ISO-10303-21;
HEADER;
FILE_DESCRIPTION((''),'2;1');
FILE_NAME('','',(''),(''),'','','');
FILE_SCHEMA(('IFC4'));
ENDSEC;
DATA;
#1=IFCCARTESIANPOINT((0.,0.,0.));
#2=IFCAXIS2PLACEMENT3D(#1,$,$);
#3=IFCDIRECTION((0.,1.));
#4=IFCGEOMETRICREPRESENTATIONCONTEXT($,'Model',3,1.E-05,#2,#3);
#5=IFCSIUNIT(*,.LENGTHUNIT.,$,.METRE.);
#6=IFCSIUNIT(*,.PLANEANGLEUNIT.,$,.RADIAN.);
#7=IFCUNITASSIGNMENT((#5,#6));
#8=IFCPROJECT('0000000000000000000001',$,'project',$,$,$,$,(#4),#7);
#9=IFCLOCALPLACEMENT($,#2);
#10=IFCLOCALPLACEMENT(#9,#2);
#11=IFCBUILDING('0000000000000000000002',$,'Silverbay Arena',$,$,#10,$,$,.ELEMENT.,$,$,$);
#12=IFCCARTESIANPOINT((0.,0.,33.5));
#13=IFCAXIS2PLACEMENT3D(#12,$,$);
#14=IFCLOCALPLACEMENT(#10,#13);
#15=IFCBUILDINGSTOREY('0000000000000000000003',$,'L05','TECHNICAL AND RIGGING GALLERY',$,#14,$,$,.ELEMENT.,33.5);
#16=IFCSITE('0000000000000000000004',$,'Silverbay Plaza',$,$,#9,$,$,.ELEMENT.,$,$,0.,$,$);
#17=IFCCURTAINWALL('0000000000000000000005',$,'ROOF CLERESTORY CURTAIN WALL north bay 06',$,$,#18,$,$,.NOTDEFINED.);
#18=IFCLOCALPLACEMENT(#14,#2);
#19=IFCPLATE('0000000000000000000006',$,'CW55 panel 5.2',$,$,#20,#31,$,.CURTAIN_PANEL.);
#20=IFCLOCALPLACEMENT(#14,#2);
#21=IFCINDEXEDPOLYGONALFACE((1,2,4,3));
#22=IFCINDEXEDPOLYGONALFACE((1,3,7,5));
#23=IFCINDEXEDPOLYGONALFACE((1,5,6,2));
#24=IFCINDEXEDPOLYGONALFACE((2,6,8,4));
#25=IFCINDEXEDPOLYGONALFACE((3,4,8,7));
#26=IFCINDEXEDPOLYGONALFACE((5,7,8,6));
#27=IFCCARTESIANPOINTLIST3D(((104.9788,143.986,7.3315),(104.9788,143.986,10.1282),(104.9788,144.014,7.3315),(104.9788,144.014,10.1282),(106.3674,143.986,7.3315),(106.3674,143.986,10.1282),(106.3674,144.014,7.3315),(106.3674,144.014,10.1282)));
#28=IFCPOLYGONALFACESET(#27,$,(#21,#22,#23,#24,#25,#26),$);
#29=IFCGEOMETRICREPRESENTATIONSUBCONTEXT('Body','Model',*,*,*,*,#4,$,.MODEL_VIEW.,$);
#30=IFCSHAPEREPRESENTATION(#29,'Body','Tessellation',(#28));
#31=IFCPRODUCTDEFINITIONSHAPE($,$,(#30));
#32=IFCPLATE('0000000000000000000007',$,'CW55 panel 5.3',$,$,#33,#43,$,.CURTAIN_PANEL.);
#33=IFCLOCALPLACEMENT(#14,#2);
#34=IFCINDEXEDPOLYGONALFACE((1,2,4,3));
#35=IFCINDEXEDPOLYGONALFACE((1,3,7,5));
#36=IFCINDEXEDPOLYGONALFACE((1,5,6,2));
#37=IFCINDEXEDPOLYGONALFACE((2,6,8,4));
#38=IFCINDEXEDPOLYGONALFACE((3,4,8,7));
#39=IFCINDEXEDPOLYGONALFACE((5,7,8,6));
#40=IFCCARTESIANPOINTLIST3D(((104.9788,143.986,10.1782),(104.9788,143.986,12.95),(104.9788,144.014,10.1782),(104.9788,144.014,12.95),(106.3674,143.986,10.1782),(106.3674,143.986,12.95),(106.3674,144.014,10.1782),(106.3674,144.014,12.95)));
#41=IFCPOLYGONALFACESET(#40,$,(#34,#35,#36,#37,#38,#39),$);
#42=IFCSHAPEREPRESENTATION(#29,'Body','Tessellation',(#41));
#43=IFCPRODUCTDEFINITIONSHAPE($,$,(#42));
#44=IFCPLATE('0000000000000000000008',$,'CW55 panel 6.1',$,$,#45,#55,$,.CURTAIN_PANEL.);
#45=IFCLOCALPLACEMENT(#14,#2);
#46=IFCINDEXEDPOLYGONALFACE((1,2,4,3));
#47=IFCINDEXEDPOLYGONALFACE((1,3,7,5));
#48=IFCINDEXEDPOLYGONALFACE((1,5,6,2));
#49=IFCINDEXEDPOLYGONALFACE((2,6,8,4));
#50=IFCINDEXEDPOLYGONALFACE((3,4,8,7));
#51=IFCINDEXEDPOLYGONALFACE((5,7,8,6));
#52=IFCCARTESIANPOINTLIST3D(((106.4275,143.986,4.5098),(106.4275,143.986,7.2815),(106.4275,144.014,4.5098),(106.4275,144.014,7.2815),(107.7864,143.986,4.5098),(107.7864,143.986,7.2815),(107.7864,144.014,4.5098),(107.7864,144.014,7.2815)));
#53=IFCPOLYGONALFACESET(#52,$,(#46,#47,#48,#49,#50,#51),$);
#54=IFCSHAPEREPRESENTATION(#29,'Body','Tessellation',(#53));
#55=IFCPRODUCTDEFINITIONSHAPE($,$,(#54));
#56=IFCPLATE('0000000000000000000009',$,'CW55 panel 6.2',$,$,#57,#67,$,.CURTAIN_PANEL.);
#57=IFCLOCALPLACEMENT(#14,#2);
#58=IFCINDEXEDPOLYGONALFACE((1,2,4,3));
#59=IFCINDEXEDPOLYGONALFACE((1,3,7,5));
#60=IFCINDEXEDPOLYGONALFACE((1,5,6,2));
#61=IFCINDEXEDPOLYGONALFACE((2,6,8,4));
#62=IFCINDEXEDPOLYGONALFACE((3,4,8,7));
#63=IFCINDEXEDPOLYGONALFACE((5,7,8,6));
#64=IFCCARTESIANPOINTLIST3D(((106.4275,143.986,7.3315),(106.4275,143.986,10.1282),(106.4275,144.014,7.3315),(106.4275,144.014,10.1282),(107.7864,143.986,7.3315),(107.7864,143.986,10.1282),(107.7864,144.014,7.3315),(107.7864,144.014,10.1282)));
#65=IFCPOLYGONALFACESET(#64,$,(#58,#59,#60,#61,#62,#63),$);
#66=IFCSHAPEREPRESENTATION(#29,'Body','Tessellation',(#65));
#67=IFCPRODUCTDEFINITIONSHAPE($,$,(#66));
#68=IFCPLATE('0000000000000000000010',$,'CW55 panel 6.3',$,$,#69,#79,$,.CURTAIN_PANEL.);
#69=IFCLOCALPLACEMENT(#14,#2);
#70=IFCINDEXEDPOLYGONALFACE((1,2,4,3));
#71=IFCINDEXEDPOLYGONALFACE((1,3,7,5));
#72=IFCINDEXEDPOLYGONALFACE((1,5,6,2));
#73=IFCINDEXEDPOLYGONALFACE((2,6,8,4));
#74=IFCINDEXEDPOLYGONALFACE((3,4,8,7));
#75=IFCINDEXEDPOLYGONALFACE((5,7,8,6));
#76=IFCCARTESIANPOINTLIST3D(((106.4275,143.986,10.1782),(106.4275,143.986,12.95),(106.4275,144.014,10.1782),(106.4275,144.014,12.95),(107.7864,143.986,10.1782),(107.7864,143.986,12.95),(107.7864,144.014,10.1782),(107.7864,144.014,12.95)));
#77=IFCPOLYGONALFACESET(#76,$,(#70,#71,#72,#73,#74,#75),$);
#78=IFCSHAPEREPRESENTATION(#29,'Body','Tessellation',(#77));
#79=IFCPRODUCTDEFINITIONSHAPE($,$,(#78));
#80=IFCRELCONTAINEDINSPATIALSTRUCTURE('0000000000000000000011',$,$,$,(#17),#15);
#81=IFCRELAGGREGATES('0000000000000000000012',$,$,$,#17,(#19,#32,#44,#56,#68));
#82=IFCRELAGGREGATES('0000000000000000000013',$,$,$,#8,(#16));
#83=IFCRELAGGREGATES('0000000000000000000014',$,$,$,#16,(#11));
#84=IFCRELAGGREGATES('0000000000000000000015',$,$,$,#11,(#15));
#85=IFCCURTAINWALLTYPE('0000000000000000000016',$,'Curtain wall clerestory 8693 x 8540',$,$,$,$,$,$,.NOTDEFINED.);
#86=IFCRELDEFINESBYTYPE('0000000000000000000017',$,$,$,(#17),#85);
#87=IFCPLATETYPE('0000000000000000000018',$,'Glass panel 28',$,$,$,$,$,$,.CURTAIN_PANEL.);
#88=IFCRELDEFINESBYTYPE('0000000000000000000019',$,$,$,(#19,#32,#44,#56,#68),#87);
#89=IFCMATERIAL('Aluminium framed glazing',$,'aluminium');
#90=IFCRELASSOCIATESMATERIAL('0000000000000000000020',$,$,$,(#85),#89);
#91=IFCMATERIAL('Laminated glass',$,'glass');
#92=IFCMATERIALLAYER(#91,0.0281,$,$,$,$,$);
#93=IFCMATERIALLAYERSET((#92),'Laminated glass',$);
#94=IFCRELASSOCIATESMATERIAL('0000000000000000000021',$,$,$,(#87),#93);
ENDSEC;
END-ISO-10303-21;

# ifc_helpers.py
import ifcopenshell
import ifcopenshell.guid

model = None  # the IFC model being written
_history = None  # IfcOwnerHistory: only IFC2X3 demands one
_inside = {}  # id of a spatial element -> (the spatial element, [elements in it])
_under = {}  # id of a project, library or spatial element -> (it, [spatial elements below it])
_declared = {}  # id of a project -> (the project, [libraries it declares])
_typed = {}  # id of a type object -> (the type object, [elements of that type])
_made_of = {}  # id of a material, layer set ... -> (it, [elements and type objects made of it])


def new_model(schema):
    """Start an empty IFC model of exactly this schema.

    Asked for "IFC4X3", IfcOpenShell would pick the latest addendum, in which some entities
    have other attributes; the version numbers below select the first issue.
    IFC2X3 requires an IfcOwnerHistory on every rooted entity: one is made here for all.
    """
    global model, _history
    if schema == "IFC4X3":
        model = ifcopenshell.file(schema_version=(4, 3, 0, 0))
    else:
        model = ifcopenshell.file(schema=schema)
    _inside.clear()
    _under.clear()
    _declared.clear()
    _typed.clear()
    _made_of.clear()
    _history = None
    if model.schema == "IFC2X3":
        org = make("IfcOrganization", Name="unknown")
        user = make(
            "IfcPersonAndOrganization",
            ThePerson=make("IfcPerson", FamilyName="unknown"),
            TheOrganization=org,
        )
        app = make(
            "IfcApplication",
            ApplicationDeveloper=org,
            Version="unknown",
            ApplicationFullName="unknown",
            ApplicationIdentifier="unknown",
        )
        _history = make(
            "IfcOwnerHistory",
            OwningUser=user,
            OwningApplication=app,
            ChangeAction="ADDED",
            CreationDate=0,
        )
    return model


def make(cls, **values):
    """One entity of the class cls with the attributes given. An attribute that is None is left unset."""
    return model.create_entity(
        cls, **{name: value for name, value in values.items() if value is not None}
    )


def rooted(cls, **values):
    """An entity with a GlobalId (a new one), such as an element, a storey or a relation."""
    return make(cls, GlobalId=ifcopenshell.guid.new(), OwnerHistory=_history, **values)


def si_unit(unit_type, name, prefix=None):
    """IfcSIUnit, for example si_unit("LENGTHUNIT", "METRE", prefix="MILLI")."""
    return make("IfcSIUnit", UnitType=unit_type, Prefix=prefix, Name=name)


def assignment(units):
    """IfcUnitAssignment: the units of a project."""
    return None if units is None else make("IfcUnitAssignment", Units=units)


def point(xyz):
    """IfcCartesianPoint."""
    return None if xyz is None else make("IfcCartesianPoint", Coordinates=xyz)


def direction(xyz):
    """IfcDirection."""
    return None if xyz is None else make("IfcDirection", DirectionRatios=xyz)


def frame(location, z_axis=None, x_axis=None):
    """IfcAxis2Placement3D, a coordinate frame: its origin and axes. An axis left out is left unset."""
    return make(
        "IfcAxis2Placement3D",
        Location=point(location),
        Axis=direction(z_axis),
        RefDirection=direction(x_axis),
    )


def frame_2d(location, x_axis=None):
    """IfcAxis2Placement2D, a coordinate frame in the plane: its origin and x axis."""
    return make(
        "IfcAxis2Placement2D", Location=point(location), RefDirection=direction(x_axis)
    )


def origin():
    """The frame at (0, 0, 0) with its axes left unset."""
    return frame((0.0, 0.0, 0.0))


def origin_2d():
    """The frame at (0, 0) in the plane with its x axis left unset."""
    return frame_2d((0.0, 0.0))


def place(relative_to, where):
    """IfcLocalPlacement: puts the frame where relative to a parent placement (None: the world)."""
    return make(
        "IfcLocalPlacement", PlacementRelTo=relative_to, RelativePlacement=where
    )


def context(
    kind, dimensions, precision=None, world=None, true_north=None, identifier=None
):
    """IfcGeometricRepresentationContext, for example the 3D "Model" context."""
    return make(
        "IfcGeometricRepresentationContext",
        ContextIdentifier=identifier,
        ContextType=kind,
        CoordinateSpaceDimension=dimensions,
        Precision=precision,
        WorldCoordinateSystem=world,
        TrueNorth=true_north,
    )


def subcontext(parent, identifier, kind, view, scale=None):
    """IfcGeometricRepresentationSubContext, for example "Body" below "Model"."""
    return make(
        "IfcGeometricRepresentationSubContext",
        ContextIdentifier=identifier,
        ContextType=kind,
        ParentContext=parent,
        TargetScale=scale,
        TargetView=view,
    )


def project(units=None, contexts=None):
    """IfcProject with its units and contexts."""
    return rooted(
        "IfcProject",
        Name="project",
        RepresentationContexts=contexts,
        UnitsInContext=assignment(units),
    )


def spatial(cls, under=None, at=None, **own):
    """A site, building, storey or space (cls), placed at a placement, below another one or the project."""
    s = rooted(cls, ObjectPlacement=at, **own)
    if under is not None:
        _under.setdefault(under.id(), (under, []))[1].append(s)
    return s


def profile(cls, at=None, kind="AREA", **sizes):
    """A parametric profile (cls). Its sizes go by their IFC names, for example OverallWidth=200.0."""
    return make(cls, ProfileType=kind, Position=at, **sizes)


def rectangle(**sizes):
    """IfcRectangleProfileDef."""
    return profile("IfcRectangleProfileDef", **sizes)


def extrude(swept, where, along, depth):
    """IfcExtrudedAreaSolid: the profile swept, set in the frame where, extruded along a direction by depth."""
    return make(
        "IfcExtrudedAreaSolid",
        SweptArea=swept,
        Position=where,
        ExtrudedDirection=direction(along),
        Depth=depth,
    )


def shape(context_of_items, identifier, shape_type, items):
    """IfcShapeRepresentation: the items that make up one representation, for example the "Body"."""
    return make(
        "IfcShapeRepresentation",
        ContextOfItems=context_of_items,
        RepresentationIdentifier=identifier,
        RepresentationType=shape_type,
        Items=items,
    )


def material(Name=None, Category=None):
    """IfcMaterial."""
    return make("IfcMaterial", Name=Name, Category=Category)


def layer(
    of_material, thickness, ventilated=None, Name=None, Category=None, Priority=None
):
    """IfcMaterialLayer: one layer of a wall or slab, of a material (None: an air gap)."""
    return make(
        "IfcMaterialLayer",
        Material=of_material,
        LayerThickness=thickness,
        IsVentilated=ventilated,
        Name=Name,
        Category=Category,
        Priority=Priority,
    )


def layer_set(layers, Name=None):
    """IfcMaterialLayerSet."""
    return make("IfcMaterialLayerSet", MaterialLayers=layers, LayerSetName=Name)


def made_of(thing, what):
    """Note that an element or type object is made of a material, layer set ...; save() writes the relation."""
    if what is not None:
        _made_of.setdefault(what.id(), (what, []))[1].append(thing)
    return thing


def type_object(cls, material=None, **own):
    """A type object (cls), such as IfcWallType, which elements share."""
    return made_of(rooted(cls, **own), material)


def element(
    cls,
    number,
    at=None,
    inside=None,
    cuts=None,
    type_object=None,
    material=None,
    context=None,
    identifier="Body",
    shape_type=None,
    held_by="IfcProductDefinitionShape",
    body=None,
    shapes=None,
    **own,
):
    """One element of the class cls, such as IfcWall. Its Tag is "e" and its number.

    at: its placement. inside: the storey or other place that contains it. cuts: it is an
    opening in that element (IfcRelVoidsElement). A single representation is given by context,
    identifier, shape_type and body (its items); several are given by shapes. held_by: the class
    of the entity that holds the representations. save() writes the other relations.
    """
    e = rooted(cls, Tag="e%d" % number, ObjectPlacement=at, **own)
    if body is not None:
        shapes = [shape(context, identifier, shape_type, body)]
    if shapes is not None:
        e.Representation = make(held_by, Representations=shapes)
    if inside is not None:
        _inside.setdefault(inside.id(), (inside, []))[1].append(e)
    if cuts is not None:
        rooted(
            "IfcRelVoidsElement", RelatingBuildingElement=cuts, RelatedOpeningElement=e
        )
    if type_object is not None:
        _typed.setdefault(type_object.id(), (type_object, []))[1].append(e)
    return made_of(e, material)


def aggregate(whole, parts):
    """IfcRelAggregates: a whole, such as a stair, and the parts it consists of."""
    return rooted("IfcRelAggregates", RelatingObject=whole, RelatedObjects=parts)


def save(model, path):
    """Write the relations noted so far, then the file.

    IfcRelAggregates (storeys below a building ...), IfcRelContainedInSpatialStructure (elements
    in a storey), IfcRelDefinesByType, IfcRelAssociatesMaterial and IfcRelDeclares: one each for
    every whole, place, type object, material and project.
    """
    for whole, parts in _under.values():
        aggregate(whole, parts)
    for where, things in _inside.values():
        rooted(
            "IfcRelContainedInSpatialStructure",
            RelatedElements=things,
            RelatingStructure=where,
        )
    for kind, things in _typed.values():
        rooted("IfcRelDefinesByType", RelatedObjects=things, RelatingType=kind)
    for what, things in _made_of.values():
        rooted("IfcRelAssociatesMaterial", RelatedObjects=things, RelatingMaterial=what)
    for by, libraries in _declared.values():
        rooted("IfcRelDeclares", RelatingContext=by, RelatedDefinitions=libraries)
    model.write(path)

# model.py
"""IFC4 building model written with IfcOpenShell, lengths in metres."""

from ifc_helpers import new_model, si_unit, direction, frame, origin, origin_2d, place, context, subcontext, project, spatial, rectangle, extrude, material, layer, layer_set, type_object, element, aggregate, save


model = new_model("IFC4")

# Units and contexts
model_context = context("Model", 3, precision=1e-05, world=origin(), true_north=direction((0.0, 1.0)))
body_context = subcontext(model_context, "Body", "Model", "MODEL_VIEW")
ifc_project = project(units=[si_unit("LENGTHUNIT", "METRE"), si_unit("PLANEANGLEUNIT", "RADIAN")], contexts=[model_context])

# Site, building, storey
site_placement = place(None, origin())
site = spatial("IfcSite", under=ifc_project, at=site_placement, Name="Silverbay Plaza", CompositionType="ELEMENT", RefElevation=0.0)
building_placement = place(site_placement, origin())
building = spatial("IfcBuilding", under=site, at=building_placement, Name="Silverbay Arena", CompositionType="ELEMENT")
storey_placement = place(building_placement, frame((0.0, 0.0, 33.5)))
storey = spatial("IfcBuildingStorey", under=building, at=storey_placement, Name="L05", Description="TECHNICAL AND RIGGING GALLERY", CompositionType="ELEMENT", Elevation=33.5)

# Curtain wall, plates
ifc_material_1 = material(Name="Aluminium framed glazing", Category="aluminium")
curtain_wall_type = type_object("IfcCurtainWallType", Name="Curtain wall clerestory 8693 x 8540", PredefinedType="NOTDEFINED", material=ifc_material_1)
curtain_wall_placement = place(storey_placement, origin())
curtain_wall = element("IfcCurtainWall", 1, at=curtain_wall_placement, inside=storey, type_object=curtain_wall_type, Name="ROOF CLERESTORY CURTAIN WALL north bay 06", PredefinedType="NOTDEFINED")
ifc_material_2 = material(Name="Laminated glass", Category="glass")
ifc_layer = layer(ifc_material_2, 0.0281)
ifc_layer_set = layer_set([ifc_layer], Name="Laminated glass")
plate_type = type_object("IfcPlateType", Name="Glass panel 28", PredefinedType="CURTAIN_PANEL", material=ifc_layer_set)
plate_1_placement = place(storey_placement, frame((105.6731, 144.0, 7.3315), z_axis=(0.0, 0.0, 1.0), x_axis=(1.0, 0.0, 0.0)))
plate_1 = element("IfcPlate", 2, at=plate_1_placement, type_object=plate_type, Name="CW55 panel 5.2", PredefinedType="CURTAIN_PANEL", context=body_context, shape_type="SweptSolid", body=[
    extrude(rectangle(XDim=1.3887, YDim=0.0281, at=origin_2d()), origin(), (0.0, 0.0, 1.0), 2.7966),
])
plate_2_placement = place(storey_placement, frame((105.6731, 144.0, 10.1782), z_axis=(0.0, 0.0, 1.0), x_axis=(1.0, 0.0, 0.0)))
plate_2 = element("IfcPlate", 3, at=plate_2_placement, type_object=plate_type, Name="CW55 panel 5.3", PredefinedType="CURTAIN_PANEL", context=body_context, shape_type="SweptSolid", body=[
    extrude(rectangle(XDim=1.3887, YDim=0.0281, at=origin_2d()), origin(), (0.0, 0.0, 1.0), 2.7717),
])
plate_3_placement = place(storey_placement, frame((107.1069, 144.0, 4.5098), z_axis=(0.0, 0.0, 1.0), x_axis=(1.0, 0.0, 0.0)))
plate_3 = element("IfcPlate", 4, at=plate_3_placement, type_object=plate_type, Name="CW55 panel 6.1", PredefinedType="CURTAIN_PANEL", context=body_context, shape_type="SweptSolid", body=[
    extrude(rectangle(XDim=1.3589, YDim=0.0281, at=origin_2d()), origin(), (0.0, 0.0, 1.0), 2.7717),
])
plate_4_placement = place(storey_placement, frame((107.1069, 144.0, 7.3315), z_axis=(0.0, 0.0, 1.0), x_axis=(1.0, 0.0, 0.0)))
plate_4 = element("IfcPlate", 5, at=plate_4_placement, type_object=plate_type, Name="CW55 panel 6.2", PredefinedType="CURTAIN_PANEL", context=body_context, shape_type="SweptSolid", body=[
    extrude(rectangle(XDim=1.3589, YDim=0.0281, at=origin_2d()), origin(), (0.0, 0.0, 1.0), 2.7966),
])
plate_5_placement = place(storey_placement, frame((107.1069, 144.0, 10.1782), z_axis=(0.0, 0.0, 1.0), x_axis=(1.0, 0.0, 0.0)))
plate_5 = element("IfcPlate", 6, at=plate_5_placement, type_object=plate_type, Name="CW55 panel 6.3", PredefinedType="CURTAIN_PANEL", context=body_context, shape_type="SweptSolid", body=[
    extrude(rectangle(XDim=1.3589, YDim=0.0281, at=origin_2d()), origin(), (0.0, 0.0, 1.0), 2.7717),
])
aggregate(curtain_wall, [plate_1, plate_2, plate_3, plate_4, plate_5])

save(model, "model.ifc")
